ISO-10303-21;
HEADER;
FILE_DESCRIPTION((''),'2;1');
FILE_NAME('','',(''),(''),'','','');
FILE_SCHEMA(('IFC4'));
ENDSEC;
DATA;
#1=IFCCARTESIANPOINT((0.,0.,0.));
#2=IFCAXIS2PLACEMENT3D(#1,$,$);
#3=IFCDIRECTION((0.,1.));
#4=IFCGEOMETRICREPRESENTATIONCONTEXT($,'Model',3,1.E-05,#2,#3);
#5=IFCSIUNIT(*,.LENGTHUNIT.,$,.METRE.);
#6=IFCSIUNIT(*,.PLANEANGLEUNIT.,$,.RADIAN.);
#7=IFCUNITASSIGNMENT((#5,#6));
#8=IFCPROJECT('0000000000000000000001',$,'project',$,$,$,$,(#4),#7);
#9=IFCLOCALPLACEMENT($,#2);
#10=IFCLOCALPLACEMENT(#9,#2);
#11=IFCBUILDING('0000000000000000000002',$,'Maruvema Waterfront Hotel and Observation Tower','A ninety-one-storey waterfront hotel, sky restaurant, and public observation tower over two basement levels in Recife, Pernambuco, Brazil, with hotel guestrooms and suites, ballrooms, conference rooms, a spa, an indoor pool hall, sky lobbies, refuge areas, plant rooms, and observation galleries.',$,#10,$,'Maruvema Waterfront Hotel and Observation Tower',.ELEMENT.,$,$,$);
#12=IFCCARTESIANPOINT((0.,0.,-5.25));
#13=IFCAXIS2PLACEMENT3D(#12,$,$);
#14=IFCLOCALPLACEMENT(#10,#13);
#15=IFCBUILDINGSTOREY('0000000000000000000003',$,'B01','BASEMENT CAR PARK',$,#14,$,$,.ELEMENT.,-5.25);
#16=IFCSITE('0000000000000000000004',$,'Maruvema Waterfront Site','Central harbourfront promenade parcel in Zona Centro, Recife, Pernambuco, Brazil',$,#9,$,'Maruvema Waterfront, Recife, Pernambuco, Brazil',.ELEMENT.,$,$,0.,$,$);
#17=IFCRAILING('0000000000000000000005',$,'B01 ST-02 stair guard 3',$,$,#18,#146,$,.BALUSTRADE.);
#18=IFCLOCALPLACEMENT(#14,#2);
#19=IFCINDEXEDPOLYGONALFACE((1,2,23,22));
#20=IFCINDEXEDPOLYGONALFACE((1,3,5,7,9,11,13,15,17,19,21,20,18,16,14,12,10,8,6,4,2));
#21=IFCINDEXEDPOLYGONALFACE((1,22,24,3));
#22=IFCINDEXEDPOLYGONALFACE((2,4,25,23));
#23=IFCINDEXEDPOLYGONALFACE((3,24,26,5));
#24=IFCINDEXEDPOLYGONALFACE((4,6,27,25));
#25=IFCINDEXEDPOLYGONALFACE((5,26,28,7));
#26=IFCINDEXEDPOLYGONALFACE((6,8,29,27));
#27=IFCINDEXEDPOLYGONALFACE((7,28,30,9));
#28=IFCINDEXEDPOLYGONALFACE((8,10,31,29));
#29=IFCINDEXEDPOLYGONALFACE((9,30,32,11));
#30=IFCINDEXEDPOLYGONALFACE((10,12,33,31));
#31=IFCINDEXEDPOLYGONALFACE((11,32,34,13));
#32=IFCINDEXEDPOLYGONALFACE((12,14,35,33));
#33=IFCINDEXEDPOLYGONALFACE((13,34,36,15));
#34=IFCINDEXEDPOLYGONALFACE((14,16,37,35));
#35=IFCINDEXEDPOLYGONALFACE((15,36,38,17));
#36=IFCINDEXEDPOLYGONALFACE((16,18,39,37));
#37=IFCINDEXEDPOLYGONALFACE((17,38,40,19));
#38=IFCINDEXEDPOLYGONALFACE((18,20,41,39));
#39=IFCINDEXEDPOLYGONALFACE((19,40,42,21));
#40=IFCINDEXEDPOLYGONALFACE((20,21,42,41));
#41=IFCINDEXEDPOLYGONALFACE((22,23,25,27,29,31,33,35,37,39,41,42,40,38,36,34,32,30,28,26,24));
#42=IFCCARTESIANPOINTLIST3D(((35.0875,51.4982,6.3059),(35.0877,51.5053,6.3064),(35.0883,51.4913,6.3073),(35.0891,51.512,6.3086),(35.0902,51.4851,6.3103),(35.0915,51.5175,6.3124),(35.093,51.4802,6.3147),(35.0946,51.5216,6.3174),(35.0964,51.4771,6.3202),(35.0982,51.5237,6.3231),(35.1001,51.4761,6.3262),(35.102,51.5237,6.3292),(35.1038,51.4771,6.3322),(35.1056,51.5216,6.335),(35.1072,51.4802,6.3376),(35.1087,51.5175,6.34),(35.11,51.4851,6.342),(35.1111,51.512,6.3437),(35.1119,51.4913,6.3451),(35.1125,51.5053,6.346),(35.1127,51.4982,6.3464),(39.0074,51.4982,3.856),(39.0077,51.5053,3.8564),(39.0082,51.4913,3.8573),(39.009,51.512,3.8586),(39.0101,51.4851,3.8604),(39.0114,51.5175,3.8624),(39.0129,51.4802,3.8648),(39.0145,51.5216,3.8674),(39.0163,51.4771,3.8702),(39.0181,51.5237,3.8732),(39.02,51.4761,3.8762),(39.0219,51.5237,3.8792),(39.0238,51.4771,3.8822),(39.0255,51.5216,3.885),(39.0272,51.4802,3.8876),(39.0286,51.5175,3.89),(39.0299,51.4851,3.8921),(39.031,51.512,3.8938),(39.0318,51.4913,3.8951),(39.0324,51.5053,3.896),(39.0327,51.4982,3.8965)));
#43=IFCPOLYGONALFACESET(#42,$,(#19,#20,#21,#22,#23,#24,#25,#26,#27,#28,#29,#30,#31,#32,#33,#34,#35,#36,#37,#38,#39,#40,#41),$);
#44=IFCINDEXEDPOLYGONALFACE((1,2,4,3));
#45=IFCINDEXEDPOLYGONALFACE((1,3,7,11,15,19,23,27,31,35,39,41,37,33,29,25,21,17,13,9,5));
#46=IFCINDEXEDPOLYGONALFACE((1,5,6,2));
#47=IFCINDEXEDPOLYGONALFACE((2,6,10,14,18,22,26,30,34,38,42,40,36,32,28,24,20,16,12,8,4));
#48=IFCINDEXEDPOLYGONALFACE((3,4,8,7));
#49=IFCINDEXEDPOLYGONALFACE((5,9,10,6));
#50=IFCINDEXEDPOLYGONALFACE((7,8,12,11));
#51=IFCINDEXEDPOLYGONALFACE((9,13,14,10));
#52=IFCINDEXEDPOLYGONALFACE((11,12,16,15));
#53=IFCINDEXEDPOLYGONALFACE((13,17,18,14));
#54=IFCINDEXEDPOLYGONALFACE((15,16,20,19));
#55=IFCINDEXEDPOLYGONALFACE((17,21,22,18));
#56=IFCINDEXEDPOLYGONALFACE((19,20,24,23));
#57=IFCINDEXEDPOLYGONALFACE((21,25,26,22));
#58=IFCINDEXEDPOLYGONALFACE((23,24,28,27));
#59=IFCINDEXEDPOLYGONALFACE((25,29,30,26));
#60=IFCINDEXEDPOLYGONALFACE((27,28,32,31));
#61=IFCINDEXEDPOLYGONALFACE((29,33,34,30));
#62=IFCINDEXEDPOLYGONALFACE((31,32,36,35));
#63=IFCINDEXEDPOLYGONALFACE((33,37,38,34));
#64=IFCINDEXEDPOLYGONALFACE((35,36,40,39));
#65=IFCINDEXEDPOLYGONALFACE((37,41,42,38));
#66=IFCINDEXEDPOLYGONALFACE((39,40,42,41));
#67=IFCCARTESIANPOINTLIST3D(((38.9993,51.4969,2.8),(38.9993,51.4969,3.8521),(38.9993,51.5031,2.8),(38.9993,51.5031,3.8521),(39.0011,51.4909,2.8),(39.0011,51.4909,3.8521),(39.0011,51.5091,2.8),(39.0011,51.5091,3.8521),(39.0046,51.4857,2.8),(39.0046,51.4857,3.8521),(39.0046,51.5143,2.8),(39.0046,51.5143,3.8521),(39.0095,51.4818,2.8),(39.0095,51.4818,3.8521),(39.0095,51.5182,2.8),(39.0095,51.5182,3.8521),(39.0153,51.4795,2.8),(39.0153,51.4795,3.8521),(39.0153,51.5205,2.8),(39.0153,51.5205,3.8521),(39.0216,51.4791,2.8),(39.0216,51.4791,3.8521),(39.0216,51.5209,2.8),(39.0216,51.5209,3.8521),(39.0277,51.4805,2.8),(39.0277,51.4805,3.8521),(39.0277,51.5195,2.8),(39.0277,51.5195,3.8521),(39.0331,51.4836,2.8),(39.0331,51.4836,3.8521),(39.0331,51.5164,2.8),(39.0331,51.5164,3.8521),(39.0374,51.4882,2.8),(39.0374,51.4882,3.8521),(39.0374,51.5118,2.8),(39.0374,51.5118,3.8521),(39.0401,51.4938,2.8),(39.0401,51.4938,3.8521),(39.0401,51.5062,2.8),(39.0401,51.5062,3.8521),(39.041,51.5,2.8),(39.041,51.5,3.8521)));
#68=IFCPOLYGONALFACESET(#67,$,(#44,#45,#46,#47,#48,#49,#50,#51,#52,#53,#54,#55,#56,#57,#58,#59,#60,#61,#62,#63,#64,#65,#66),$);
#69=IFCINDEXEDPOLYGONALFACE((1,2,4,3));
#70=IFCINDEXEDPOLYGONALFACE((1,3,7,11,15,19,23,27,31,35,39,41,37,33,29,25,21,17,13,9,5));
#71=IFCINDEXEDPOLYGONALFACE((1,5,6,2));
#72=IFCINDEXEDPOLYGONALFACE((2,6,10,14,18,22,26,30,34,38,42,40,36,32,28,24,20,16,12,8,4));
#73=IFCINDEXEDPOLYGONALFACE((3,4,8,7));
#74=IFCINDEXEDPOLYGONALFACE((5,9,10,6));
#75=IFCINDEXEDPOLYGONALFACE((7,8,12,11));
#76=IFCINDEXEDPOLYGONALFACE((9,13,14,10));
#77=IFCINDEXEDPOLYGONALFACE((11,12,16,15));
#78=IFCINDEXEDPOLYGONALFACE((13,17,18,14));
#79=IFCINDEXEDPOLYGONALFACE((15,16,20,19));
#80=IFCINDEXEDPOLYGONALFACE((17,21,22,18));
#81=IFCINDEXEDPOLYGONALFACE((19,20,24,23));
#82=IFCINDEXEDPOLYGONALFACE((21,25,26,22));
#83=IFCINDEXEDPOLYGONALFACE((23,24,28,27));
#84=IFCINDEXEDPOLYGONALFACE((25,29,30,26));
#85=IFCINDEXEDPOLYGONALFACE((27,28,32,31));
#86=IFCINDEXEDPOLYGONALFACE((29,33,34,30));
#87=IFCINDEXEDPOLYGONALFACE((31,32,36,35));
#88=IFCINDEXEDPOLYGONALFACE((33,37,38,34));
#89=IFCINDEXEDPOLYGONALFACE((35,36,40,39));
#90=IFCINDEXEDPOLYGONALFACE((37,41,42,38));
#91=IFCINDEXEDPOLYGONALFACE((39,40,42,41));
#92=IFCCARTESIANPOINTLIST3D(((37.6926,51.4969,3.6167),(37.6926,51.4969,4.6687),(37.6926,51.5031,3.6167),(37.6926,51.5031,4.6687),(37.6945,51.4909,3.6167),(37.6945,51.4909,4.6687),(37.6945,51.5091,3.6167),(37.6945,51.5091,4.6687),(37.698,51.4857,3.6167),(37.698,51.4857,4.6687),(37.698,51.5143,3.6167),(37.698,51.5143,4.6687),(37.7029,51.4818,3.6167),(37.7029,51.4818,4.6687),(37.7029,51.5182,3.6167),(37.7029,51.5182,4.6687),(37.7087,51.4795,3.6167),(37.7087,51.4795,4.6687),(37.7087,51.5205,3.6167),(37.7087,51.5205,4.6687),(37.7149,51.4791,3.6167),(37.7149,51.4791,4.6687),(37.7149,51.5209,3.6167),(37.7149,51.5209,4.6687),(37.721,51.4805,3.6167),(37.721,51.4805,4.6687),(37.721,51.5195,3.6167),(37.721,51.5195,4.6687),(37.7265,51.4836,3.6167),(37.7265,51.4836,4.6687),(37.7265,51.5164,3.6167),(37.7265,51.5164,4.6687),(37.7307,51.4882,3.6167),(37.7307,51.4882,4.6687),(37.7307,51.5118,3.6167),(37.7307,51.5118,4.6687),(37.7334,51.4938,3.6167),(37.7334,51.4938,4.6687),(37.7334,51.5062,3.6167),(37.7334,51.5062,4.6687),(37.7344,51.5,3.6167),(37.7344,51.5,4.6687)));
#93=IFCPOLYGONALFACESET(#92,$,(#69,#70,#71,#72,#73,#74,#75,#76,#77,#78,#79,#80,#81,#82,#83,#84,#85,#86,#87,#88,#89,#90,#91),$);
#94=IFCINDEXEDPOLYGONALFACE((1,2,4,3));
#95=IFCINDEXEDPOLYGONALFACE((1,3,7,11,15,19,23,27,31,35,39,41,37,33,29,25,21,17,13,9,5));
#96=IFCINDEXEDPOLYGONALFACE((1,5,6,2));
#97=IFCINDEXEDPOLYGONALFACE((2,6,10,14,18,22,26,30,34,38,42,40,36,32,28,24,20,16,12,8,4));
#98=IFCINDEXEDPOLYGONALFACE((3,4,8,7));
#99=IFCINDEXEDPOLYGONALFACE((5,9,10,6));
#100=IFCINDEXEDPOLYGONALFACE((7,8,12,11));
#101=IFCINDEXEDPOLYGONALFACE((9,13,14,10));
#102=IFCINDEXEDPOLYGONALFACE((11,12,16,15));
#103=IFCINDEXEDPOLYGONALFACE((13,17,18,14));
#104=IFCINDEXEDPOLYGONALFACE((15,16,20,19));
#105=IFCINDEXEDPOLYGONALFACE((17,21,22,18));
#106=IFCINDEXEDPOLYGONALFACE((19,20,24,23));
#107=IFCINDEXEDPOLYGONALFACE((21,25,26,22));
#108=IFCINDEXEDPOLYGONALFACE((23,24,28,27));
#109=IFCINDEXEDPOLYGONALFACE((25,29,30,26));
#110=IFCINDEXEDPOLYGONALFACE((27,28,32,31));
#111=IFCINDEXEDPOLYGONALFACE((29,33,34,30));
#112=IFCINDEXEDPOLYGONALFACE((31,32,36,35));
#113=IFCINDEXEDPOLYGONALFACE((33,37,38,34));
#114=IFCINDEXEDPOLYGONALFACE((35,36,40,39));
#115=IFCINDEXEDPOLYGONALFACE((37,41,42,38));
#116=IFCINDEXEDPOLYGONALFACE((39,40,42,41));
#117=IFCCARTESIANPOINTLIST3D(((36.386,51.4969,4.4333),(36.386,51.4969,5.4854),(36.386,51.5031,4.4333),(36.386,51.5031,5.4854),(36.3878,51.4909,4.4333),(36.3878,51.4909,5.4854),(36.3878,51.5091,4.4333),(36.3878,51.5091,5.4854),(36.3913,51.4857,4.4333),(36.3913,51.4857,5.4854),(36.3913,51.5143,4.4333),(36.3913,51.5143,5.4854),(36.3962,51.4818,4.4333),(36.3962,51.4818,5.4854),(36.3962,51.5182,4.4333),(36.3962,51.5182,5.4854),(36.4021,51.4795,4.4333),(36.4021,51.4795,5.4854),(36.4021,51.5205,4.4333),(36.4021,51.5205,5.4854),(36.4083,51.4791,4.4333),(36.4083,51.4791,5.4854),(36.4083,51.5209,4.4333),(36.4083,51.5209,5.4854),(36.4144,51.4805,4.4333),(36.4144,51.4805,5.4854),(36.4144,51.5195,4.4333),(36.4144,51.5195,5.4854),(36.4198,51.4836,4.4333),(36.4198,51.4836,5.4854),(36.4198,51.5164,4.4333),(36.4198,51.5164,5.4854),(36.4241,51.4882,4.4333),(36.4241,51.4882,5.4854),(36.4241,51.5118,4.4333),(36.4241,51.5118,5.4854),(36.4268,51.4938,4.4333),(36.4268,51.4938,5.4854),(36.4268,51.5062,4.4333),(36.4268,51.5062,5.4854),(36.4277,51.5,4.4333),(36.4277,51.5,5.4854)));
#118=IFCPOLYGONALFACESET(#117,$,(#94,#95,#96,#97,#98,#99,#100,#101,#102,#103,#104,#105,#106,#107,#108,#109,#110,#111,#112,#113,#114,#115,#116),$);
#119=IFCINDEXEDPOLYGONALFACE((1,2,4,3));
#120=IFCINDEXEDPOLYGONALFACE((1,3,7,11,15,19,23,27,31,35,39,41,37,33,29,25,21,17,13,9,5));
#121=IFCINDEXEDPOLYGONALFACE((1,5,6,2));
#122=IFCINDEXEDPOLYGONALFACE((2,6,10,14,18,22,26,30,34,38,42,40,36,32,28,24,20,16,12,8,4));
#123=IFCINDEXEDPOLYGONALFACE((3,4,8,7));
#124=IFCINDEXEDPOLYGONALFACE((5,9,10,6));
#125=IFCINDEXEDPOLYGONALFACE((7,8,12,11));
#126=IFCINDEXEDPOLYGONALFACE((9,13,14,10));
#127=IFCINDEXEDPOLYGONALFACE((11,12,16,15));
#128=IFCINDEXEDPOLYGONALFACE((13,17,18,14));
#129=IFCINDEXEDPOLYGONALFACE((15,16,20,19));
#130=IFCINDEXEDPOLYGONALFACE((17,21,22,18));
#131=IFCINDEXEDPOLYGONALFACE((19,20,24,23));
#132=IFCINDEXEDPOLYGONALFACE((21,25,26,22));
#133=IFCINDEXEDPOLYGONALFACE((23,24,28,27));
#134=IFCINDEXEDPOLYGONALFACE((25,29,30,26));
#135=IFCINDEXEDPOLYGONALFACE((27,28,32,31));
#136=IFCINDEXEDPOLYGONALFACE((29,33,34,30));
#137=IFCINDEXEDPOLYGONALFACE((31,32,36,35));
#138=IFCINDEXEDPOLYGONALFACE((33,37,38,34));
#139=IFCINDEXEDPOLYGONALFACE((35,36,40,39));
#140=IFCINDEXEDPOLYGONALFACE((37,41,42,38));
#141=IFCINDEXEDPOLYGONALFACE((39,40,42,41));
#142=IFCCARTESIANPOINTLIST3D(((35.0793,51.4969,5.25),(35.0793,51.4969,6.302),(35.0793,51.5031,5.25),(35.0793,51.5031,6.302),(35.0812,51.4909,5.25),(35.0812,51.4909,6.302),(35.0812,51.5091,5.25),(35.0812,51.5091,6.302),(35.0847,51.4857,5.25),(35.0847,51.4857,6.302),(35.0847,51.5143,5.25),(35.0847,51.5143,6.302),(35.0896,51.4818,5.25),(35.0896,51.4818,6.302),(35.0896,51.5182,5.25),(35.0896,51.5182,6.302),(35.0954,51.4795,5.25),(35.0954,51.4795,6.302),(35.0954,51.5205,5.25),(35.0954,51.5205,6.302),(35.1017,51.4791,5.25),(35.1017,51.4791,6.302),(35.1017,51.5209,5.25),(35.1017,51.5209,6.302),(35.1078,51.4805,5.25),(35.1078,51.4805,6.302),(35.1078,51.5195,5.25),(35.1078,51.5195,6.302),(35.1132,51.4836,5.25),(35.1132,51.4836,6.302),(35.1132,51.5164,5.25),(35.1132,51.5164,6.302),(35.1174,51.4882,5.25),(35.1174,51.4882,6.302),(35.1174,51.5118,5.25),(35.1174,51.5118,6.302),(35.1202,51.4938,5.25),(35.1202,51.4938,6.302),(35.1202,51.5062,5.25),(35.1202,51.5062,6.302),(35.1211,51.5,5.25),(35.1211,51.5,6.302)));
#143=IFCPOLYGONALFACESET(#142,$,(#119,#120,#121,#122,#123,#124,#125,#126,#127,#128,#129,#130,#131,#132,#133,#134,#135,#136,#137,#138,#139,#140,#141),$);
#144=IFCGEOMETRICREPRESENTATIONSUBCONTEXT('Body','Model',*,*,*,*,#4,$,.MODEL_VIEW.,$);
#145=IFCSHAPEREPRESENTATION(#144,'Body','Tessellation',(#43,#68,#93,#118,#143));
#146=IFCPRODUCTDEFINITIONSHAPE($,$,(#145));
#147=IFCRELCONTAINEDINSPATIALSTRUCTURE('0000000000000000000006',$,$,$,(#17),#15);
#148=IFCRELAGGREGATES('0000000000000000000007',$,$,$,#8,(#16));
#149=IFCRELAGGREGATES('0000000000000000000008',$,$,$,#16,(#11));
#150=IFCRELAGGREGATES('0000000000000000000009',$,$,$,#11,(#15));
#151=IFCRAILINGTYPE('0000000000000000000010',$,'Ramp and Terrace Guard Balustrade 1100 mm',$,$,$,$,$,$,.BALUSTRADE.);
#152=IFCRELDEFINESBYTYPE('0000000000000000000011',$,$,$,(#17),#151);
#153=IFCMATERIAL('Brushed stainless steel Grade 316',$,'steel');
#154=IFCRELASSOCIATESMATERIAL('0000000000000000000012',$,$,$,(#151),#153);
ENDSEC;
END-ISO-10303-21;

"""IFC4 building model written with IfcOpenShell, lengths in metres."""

from ifc_helpers import new_model, si_unit, direction, frame, origin, origin_2d, place, context, subcontext, project, spatial, circle, extrude, material, type_object, element, save


model = new_model("IFC4")

# Units and contexts
model_context = context("Model", 3, precision=1e-05, world=origin(), true_north=direction((0.0, 1.0)))
body_context = subcontext(model_context, "Body", "Model", "MODEL_VIEW")
ifc_project = project(units=[si_unit("LENGTHUNIT", "METRE"), si_unit("PLANEANGLEUNIT", "RADIAN")], contexts=[model_context])

# Site, building, storey
site_placement = place(None, origin())
site = spatial("IfcSite", under=ifc_project, at=site_placement, Name="Maruvema Waterfront Site", Description="Central harbourfront promenade parcel in Zona Centro, Recife, Pernambuco, Brazil", LongName="Maruvema Waterfront, Recife, Pernambuco, Brazil", CompositionType="ELEMENT", RefElevation=0.0)
building_placement = place(site_placement, origin())
building = spatial("IfcBuilding", under=site, at=building_placement, Name="Maruvema Waterfront Hotel and Observation Tower", Description="A ninety-one-storey waterfront hotel, sky restaurant, and public observation tower over two basement levels in Recife, Pernambuco, Brazil, with hotel guestrooms and suites, ballrooms, conference rooms, a spa, an indoor pool hall, sky lobbies, refuge areas, plant rooms, and observation galleries.", LongName="Maruvema Waterfront Hotel and Observation Tower", CompositionType="ELEMENT")
storey_placement = place(building_placement, frame((0.0, 0.0, -5.25)))
storey = spatial("IfcBuildingStorey", under=building, at=storey_placement, Name="B01", Description="BASEMENT CAR PARK", CompositionType="ELEMENT", Elevation=-5.25)

# Railing
ifc_material_1 = material(Name="Brushed stainless steel Grade 316", Category="steel")
railing_type_1 = type_object("IfcRailingType", Name="Ramp and Terrace Guard Balustrade 1100 mm", PredefinedType="BALUSTRADE", material=ifc_material_1)
railing_1_placement = place(storey_placement, frame((39.02, 51.5, 2.8)))
element("IfcRailing", 1, at=railing_1_placement, inside=storey, type_object=railing_type_1, Name="B01 ST-02 stair guard 3", PredefinedType="BALUSTRADE", context=body_context, shape_type="SweptSolid", body=[
    extrude(circle(Radius=0.0239, at=origin_2d()), frame((0.0, 0.0, 1.0762), z_axis=(-0.847998, 0.0, 0.529999), x_axis=(0.0, -1.0, 0.0)), (0.0, 0.0, 1.0), 4.6226),
    extrude(circle(Radius=0.021, at=origin_2d()), origin(), (0.0, 0.0, 1.0), 1.052),
    extrude(circle(Radius=0.021, at=origin_2d()), frame((-1.3066, 0.0, 0.8167)), (0.0, 0.0, 1.0), 1.052),
    extrude(circle(Radius=0.021, at=origin_2d()), frame((-2.6133, 0.0, 1.6333)), (0.0, 0.0, 1.0), 1.052),
    extrude(circle(Radius=0.021, at=origin_2d()), frame((-3.9199, 0.0, 2.45)), (0.0, 0.0, 1.0), 1.052),
])

save(model, "model.ifc")
